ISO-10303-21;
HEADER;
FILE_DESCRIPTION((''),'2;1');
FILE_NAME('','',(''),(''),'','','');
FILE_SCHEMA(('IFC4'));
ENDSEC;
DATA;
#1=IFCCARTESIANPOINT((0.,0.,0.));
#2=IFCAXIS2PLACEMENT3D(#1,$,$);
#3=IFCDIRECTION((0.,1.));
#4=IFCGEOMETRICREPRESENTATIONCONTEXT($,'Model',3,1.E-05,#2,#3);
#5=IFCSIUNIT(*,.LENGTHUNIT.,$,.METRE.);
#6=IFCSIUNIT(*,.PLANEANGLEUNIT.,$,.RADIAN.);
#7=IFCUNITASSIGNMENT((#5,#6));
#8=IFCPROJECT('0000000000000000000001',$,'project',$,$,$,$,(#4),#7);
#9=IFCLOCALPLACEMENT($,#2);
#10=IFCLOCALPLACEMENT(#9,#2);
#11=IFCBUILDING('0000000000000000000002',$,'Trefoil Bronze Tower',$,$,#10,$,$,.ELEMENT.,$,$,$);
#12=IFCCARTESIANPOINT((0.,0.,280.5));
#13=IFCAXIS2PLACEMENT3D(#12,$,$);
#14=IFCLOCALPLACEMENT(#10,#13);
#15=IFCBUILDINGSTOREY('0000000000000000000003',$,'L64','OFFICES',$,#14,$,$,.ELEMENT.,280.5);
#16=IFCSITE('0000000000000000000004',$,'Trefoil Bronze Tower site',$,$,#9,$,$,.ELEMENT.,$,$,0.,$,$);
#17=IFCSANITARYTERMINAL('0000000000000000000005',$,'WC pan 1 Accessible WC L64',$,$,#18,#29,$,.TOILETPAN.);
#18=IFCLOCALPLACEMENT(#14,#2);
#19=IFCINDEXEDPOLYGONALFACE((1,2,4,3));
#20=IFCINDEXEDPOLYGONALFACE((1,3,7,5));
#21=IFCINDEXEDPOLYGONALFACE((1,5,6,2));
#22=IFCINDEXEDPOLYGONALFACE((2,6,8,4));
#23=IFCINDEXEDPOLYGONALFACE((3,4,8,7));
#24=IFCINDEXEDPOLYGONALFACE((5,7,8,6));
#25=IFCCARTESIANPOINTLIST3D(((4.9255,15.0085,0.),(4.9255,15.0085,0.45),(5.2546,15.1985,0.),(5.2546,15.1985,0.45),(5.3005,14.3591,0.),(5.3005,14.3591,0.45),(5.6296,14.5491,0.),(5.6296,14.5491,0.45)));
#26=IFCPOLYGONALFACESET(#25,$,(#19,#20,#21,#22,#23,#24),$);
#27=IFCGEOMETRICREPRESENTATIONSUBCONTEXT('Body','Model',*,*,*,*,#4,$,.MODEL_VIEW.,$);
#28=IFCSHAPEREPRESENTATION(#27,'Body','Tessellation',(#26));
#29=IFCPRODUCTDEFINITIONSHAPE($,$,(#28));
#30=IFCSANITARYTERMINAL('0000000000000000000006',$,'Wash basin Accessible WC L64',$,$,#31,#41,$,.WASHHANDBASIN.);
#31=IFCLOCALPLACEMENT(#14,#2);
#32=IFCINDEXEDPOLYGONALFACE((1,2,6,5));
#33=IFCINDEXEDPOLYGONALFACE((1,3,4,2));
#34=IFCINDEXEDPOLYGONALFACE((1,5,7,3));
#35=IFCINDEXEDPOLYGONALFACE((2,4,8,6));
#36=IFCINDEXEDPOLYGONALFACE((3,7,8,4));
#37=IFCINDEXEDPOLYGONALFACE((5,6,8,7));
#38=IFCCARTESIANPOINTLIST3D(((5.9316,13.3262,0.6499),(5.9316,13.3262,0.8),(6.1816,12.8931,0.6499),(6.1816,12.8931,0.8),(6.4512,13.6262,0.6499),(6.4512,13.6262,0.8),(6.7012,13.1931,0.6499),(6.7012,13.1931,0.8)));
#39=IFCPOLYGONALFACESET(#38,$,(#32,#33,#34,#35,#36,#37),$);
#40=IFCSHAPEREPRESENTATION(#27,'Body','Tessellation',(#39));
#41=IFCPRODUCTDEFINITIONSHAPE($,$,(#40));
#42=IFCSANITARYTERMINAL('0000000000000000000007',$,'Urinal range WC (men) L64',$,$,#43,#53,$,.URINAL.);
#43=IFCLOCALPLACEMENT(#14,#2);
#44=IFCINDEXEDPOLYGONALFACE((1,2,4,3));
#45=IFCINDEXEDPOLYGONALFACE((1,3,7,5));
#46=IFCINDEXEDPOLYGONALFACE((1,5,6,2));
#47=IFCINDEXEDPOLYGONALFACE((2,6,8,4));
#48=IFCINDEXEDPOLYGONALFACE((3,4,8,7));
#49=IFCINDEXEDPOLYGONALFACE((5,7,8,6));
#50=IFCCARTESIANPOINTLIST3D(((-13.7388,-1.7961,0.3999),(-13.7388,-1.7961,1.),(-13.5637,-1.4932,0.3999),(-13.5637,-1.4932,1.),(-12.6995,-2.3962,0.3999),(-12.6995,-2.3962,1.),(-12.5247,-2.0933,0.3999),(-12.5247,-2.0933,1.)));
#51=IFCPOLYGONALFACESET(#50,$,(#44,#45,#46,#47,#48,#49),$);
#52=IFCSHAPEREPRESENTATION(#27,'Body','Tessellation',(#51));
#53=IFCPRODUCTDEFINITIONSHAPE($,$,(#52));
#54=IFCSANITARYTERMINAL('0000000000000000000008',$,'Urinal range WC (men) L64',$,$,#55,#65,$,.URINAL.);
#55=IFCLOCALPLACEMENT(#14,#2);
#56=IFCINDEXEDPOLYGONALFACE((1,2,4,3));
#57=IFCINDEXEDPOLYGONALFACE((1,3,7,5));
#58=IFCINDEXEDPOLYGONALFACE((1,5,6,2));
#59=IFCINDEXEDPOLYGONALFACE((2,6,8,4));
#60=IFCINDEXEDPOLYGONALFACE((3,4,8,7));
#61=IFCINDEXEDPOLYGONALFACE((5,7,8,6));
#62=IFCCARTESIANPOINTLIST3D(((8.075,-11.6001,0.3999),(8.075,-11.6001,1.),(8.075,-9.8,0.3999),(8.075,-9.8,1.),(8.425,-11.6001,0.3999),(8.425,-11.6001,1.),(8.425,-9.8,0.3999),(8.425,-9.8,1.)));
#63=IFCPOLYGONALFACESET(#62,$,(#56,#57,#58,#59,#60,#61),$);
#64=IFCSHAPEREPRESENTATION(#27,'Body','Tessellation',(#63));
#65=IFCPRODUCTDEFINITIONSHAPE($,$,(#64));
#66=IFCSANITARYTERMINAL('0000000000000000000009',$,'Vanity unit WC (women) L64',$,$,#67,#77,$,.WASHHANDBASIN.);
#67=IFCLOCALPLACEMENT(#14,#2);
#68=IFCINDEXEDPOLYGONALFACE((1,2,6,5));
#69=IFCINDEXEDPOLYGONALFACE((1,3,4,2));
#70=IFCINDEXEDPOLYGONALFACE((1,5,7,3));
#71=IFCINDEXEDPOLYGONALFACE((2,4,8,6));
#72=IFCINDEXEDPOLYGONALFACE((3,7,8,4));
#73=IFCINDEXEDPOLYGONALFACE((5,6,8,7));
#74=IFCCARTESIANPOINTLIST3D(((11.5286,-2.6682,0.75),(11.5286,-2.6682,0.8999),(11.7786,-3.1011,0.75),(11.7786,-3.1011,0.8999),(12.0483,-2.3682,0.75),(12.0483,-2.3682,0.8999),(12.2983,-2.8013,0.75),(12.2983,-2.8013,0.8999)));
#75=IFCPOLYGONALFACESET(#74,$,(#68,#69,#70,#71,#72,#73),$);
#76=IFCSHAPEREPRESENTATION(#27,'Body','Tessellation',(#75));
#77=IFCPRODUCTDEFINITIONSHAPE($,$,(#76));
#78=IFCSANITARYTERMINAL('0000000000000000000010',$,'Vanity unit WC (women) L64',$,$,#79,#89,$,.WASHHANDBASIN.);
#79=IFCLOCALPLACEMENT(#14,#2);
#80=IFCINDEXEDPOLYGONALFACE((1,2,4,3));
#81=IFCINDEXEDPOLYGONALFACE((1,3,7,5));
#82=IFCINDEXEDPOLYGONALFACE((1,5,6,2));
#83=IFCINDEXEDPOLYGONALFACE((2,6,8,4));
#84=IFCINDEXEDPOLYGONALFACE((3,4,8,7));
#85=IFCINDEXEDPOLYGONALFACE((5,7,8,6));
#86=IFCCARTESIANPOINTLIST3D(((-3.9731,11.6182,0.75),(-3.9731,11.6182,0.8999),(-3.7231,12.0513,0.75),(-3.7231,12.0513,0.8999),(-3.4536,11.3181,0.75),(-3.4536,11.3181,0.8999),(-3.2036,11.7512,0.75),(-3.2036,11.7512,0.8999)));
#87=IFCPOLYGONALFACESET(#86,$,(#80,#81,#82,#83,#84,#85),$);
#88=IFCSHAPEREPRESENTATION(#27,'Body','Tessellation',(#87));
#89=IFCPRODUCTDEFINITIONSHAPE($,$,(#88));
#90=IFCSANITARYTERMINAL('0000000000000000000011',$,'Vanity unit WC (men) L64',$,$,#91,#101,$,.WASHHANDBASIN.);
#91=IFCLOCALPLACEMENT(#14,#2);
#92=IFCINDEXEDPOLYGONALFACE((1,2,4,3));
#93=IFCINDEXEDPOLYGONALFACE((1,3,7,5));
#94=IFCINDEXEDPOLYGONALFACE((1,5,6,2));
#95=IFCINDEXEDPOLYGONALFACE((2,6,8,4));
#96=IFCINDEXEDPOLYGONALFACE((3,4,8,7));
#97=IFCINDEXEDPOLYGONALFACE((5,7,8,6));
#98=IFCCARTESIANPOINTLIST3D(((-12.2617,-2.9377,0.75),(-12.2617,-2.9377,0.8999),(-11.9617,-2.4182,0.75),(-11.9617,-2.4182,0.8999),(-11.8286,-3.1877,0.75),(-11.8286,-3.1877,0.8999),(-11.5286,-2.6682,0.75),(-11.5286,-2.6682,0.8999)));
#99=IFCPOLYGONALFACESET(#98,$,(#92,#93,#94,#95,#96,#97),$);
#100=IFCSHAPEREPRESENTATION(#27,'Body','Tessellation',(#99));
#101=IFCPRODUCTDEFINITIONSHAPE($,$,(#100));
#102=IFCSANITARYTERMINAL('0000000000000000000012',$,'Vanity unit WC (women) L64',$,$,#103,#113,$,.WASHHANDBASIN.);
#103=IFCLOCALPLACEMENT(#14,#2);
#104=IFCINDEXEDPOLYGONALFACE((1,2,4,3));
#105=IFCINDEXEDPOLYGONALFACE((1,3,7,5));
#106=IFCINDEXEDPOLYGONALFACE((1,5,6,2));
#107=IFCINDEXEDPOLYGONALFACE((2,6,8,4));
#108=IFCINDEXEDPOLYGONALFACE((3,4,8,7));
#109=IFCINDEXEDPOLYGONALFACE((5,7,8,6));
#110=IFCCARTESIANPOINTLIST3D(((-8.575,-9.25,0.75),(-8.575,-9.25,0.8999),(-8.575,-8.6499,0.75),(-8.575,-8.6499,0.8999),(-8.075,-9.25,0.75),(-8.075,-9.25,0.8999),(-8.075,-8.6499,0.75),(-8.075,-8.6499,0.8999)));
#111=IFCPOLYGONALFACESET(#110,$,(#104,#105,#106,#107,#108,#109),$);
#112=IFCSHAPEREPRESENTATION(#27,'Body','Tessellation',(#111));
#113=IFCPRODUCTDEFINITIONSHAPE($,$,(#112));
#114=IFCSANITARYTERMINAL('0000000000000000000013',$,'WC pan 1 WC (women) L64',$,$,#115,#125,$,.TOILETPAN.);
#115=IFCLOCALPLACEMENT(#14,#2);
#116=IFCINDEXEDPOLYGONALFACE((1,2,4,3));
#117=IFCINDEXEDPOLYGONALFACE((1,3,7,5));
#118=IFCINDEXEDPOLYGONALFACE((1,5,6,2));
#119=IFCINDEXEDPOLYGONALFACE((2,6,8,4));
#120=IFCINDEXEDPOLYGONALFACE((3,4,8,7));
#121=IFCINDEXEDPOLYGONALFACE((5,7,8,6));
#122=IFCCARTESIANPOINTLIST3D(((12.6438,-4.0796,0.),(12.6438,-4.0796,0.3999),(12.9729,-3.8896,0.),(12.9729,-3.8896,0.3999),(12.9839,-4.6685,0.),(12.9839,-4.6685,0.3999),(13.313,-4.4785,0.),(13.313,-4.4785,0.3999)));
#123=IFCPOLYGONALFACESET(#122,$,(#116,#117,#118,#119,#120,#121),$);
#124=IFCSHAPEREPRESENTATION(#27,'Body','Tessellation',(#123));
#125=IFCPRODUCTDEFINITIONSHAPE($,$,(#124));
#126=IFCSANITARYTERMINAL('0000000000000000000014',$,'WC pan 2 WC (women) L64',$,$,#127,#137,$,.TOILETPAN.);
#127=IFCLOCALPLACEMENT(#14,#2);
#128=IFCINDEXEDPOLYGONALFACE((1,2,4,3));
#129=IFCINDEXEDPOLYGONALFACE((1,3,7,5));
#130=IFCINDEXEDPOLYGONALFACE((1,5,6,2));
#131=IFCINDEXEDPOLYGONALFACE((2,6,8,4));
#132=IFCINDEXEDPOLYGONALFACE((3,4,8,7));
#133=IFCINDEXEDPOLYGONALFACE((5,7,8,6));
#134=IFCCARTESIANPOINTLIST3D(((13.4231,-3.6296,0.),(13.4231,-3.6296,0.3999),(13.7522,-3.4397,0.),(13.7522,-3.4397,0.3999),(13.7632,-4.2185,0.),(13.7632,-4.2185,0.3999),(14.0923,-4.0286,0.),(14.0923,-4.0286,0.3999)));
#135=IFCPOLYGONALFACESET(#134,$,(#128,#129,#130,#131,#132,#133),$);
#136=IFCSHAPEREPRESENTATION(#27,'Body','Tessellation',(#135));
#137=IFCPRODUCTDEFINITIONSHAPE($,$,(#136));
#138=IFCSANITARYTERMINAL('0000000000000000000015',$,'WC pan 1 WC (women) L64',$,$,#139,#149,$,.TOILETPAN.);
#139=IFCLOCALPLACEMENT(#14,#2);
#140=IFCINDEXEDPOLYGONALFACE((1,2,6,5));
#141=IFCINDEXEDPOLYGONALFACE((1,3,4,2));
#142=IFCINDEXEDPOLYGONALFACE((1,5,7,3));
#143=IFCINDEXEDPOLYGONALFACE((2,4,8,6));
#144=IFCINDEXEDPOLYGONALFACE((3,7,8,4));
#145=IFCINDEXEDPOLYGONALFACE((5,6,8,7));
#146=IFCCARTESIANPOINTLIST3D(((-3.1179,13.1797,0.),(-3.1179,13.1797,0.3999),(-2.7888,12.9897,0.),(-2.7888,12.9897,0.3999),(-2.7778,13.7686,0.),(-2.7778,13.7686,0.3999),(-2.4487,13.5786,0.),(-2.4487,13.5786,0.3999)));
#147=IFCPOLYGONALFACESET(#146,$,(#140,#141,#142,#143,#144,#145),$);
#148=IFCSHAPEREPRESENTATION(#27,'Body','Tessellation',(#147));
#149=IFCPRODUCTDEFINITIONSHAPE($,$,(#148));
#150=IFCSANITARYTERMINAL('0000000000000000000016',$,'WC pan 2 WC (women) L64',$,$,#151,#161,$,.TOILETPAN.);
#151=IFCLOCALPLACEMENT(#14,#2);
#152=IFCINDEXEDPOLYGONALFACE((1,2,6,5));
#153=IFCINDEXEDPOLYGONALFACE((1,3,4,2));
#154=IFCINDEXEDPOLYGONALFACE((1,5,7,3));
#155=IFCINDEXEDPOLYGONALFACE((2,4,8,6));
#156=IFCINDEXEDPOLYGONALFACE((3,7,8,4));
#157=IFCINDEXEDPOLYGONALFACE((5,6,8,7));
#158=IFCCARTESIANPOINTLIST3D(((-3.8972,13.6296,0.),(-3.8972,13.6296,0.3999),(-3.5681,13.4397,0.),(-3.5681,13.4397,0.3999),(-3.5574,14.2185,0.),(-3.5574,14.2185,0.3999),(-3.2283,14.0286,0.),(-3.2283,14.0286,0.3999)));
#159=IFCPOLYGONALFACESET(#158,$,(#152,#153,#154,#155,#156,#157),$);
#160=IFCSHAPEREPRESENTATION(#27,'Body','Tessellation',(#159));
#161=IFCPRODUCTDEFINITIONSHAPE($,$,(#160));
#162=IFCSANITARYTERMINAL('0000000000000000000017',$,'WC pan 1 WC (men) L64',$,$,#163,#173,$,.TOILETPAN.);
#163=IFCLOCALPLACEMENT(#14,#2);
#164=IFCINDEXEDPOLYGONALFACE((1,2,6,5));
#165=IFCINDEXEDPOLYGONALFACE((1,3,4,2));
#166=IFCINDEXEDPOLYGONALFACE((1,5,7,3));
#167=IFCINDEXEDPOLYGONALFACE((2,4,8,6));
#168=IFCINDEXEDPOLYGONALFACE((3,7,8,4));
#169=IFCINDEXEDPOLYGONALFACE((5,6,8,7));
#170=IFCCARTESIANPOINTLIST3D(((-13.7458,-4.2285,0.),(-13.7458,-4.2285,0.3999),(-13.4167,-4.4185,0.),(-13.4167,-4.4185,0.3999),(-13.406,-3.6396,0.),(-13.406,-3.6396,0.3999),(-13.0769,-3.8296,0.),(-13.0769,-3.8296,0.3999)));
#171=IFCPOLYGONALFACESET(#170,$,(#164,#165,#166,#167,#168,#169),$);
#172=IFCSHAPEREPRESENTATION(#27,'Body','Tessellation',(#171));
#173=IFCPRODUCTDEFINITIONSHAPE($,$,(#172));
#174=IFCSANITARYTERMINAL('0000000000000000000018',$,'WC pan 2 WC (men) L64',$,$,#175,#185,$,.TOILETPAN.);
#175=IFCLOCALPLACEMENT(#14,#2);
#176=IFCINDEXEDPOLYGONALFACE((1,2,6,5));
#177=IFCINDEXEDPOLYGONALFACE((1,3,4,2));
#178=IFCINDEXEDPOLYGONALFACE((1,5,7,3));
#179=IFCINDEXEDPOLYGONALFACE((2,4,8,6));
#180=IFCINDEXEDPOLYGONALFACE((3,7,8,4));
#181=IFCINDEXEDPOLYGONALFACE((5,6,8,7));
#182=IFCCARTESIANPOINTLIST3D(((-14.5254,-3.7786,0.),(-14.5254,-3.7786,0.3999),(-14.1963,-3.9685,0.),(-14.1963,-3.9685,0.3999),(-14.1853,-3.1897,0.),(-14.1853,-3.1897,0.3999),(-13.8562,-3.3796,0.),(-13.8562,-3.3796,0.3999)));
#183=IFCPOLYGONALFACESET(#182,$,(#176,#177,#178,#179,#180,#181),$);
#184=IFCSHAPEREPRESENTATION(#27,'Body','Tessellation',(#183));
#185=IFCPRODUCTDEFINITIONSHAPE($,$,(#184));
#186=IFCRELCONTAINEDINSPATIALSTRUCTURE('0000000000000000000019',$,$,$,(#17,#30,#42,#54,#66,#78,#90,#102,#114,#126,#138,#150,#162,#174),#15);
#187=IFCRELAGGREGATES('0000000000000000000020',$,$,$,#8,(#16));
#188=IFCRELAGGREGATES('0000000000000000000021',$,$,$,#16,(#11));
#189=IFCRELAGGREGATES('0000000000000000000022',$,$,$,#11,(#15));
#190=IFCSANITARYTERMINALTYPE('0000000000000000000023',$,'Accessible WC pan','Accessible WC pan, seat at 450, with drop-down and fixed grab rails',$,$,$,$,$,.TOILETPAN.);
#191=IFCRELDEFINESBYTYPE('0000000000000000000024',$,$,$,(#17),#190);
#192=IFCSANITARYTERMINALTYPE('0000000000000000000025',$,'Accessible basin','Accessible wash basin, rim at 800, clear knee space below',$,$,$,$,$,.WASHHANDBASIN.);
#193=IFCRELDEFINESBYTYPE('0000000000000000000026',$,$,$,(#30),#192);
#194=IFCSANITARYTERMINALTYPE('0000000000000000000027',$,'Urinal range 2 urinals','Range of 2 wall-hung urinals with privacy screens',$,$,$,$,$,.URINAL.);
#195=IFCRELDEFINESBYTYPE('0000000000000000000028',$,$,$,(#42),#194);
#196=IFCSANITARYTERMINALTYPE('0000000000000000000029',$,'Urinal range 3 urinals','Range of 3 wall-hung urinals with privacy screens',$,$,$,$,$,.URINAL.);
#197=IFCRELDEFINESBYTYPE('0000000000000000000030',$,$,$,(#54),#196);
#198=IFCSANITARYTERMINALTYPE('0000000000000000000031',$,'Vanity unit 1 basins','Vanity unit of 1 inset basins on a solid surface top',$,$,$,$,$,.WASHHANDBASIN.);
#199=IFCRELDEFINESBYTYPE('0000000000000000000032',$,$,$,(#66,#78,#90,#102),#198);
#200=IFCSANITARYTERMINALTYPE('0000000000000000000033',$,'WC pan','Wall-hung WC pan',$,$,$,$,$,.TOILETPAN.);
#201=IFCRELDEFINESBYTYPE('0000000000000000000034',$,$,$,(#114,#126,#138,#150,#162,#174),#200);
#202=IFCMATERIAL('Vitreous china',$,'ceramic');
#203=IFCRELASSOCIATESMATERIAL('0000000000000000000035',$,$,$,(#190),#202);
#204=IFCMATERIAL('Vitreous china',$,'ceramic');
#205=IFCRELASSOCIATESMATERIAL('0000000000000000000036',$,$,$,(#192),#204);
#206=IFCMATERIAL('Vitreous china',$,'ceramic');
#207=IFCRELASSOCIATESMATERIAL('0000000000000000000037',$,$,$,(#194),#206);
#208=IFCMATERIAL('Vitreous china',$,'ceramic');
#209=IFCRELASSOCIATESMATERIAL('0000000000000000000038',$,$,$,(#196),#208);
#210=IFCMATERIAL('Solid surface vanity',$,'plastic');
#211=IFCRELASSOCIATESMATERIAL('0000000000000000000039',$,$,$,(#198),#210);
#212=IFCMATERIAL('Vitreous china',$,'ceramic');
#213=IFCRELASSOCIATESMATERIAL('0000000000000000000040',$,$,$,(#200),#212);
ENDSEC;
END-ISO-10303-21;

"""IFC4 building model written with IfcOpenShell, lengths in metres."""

from ifc_helpers import new_model, si_unit, direction, frame, origin, place, context, subcontext, project, spatial, polyline, outline, extrude, material, type_object, element, save


model = new_model("IFC4")

# Units and contexts
model_context = context("Model", 3, precision=1e-05, world=origin(), true_north=direction((0.0, 1.0)))
body_context = subcontext(model_context, "Body", "Model", "MODEL_VIEW")
ifc_project = project(units=[si_unit("LENGTHUNIT", "METRE"), si_unit("PLANEANGLEUNIT", "RADIAN")], contexts=[model_context])

# Site, building, storey
site_placement = place(None, origin())
site = spatial("IfcSite", under=ifc_project, at=site_placement, Name="Trefoil Bronze Tower site", CompositionType="ELEMENT", RefElevation=0.0)
building_placement = place(site_placement, origin())
building = spatial("IfcBuilding", under=site, at=building_placement, Name="Trefoil Bronze Tower", CompositionType="ELEMENT")
storey_placement = place(building_placement, frame((0.0, 0.0, 280.5)))
storey = spatial("IfcBuildingStorey", under=building, at=storey_placement, Name="L64", Description="OFFICES", CompositionType="ELEMENT", Elevation=280.5)

# Sanitary terminals
ifc_material_1 = material(Name="Vitreous china", Category="ceramic")
sanitary_terminal_type_1 = type_object("IfcSanitaryTerminalType", Name="Accessible WC pan", Description="Accessible WC pan, seat at 450, with drop-down and fixed grab rails", PredefinedType="TOILETPAN", material=ifc_material_1)
sanitary_terminal_1_placement = place(storey_placement, origin())
element("IfcSanitaryTerminal", 1, at=sanitary_terminal_1_placement, inside=storey, type_object=sanitary_terminal_type_1, Name="WC pan 1 Accessible WC L64", PredefinedType="TOILETPAN", context=body_context, shape_type="SweptSolid", body=[
    extrude(outline(polyline([(5.3005, 14.3591), (4.9255, 15.0085), (5.2546, 15.1985), (5.6296, 14.5491), (5.3005, 14.3591)])), origin(), (0.0, 0.0, 1.0), 0.45),
])
ifc_material_2 = material(Name="Vitreous china", Category="ceramic")
sanitary_terminal_type_2 = type_object("IfcSanitaryTerminalType", Name="Accessible basin", Description="Accessible wash basin, rim at 800, clear knee space below", PredefinedType="WASHHANDBASIN", material=ifc_material_2)
sanitary_terminal_2_placement = place(storey_placement, frame((0.0, 0.0, 0.6499)))
element("IfcSanitaryTerminal", 2, at=sanitary_terminal_2_placement, inside=storey, type_object=sanitary_terminal_type_2, Name="Wash basin Accessible WC L64", PredefinedType="WASHHANDBASIN", context=body_context, shape_type="SweptSolid", body=[
    extrude(outline(polyline([(6.1816, 12.8931), (5.9316, 13.3262), (6.4512, 13.6262), (6.7012, 13.1931), (6.1816, 12.8931)])), origin(), (0.0, 0.0, 1.0), 0.1501),
])
ifc_material_3 = material(Name="Vitreous china", Category="ceramic")
sanitary_terminal_type_3 = type_object("IfcSanitaryTerminalType", Name="Urinal range 2 urinals", Description="Range of 2 wall-hung urinals with privacy screens", PredefinedType="URINAL", material=ifc_material_3)
sanitary_terminal_3_placement = place(storey_placement, frame((0.0, 0.0, 0.3999)))
element("IfcSanitaryTerminal", 3, at=sanitary_terminal_3_placement, inside=storey, type_object=sanitary_terminal_type_3, Name="Urinal range WC (men) L64", PredefinedType="URINAL", context=body_context, shape_type="SweptSolid", body=[
    extrude(outline(polyline([(-12.5247, -2.0933), (-12.6995, -2.3962), (-13.7388, -1.7961), (-13.5637, -1.4932), (-12.5247, -2.0933)])), origin(), (0.0, 0.0, 1.0), 0.6001),
])
ifc_material_4 = material(Name="Vitreous china", Category="ceramic")
sanitary_terminal_type_4 = type_object("IfcSanitaryTerminalType", Name="Urinal range 3 urinals", Description="Range of 3 wall-hung urinals with privacy screens", PredefinedType="URINAL", material=ifc_material_4)
sanitary_terminal_4_placement = place(storey_placement, frame((0.0, 0.0, 0.3999)))
element("IfcSanitaryTerminal", 4, at=sanitary_terminal_4_placement, inside=storey, type_object=sanitary_terminal_type_4, Name="Urinal range WC (men) L64", PredefinedType="URINAL", context=body_context, shape_type="SweptSolid", body=[
    extrude(outline(polyline([(8.075, -9.8), (8.425, -9.8), (8.425, -11.6001), (8.075, -11.6001), (8.075, -9.8)])), origin(), (0.0, 0.0, 1.0), 0.6001),
])
ifc_material_5 = material(Name="Solid surface vanity", Category="plastic")
sanitary_terminal_type_5 = type_object("IfcSanitaryTerminalType", Name="Vanity unit 1 basins", Description="Vanity unit of 1 inset basins on a solid surface top", PredefinedType="WASHHANDBASIN", material=ifc_material_5)
sanitary_terminal_5_placement = place(storey_placement, frame((0.0, 0.0, 0.75)))
element("IfcSanitaryTerminal", 5, at=sanitary_terminal_5_placement, inside=storey, type_object=sanitary_terminal_type_5, Name="Vanity unit WC (women) L64", PredefinedType="WASHHANDBASIN", context=body_context, shape_type="SweptSolid", body=[
    extrude(outline(polyline([(11.5286, -2.6682), (11.7786, -3.1011), (12.2983, -2.8013), (12.0483, -2.3682), (11.5286, -2.6682)])), origin(), (0.0, 0.0, 1.0), 0.1499),
])
sanitary_terminal_6_placement = place(storey_placement, frame((0.0, 0.0, 0.75)))
element("IfcSanitaryTerminal", 6, at=sanitary_terminal_6_placement, inside=storey, type_object=sanitary_terminal_type_5, Name="Vanity unit WC (women) L64", PredefinedType="WASHHANDBASIN", context=body_context, shape_type="SweptSolid", body=[
    extrude(outline(polyline([(-3.4536, 11.3181), (-3.2036, 11.7512), (-3.7231, 12.0513), (-3.9731, 11.6182), (-3.4536, 11.3181)])), origin(), (0.0, 0.0, 1.0), 0.1499),
])
sanitary_terminal_7_placement = place(storey_placement, frame((0.0, 0.0, 0.75)))
element("IfcSanitaryTerminal", 7, at=sanitary_terminal_7_placement, inside=storey, type_object=sanitary_terminal_type_5, Name="Vanity unit WC (men) L64", PredefinedType="WASHHANDBASIN", context=body_context, shape_type="SweptSolid", body=[
    extrude(outline(polyline([(-11.5286, -2.6682), (-11.8286, -3.1877), (-12.2617, -2.9377), (-11.9617, -2.4182), (-11.5286, -2.6682)])), origin(), (0.0, 0.0, 1.0), 0.1499),
])
sanitary_terminal_8_placement = place(storey_placement, frame((0.0, 0.0, 0.75)))
element("IfcSanitaryTerminal", 8, at=sanitary_terminal_8_placement, inside=storey, type_object=sanitary_terminal_type_5, Name="Vanity unit WC (women) L64", PredefinedType="WASHHANDBASIN", context=body_context, shape_type="SweptSolid", body=[
    extrude(outline(polyline([(-8.075, -8.6499), (-8.575, -8.6499), (-8.575, -9.25), (-8.075, -9.25), (-8.075, -8.6499)])), origin(), (0.0, 0.0, 1.0), 0.1499),
])
ifc_material_6 = material(Name="Vitreous china", Category="ceramic")
sanitary_terminal_type_6 = type_object("IfcSanitaryTerminalType", Name="WC pan", Description="Wall-hung WC pan", PredefinedType="TOILETPAN", material=ifc_material_6)
sanitary_terminal_9_placement = place(storey_placement, origin())
element("IfcSanitaryTerminal", 9, at=sanitary_terminal_9_placement, inside=storey, type_object=sanitary_terminal_type_6, Name="WC pan 1 WC (women) L64", PredefinedType="TOILETPAN", context=body_context, shape_type="SweptSolid", body=[
    extrude(outline(polyline([(12.6438, -4.0796), (12.9839, -4.6685), (13.313, -4.4785), (12.9729, -3.8896), (12.6438, -4.0796)])), origin(), (0.0, 0.0, 1.0), 0.3999),
])
sanitary_terminal_10_placement = place(storey_placement, origin())
element("IfcSanitaryTerminal", 10, at=sanitary_terminal_10_placement, inside=storey, type_object=sanitary_terminal_type_6, Name="WC pan 2 WC (women) L64", PredefinedType="TOILETPAN", context=body_context, shape_type="SweptSolid", body=[
    extrude(outline(polyline([(13.4231, -3.6296), (13.7632, -4.2185), (14.0923, -4.0286), (13.7522, -3.4397), (13.4231, -3.6296)])), origin(), (0.0, 0.0, 1.0), 0.3999),
])
sanitary_terminal_11_placement = place(storey_placement, origin())
element("IfcSanitaryTerminal", 11, at=sanitary_terminal_11_placement, inside=storey, type_object=sanitary_terminal_type_6, Name="WC pan 1 WC (women) L64", PredefinedType="TOILETPAN", context=body_context, shape_type="SweptSolid", body=[
    extrude(outline(polyline([(-2.7888, 12.9897), (-2.4487, 13.5786), (-2.7778, 13.7686), (-3.1179, 13.1797), (-2.7888, 12.9897)])), origin(), (0.0, 0.0, 1.0), 0.3999),
])
sanitary_terminal_12_placement = place(storey_placement, origin())
element("IfcSanitaryTerminal", 12, at=sanitary_terminal_12_placement, inside=storey, type_object=sanitary_terminal_type_6, Name="WC pan 2 WC (women) L64", PredefinedType="TOILETPAN", context=body_context, shape_type="SweptSolid", body=[
    extrude(outline(polyline([(-3.5681, 13.4397), (-3.2283, 14.0286), (-3.5574, 14.2185), (-3.8972, 13.6296), (-3.5681, 13.4397)])), origin(), (0.0, 0.0, 1.0), 0.3999),
])
sanitary_terminal_13_placement = place(storey_placement, origin())
element("IfcSanitaryTerminal", 13, at=sanitary_terminal_13_placement, inside=storey, type_object=sanitary_terminal_type_6, Name="WC pan 1 WC (men) L64", PredefinedType="TOILETPAN", context=body_context, shape_type="SweptSolid", body=[
    extrude(outline(polyline([(-13.0769, -3.8296), (-13.4167, -4.4185), (-13.7458, -4.2285), (-13.406, -3.6396), (-13.0769, -3.8296)])), origin(), (0.0, 0.0, 1.0), 0.3999),
])
sanitary_terminal_14_placement = place(storey_placement, origin())
element("IfcSanitaryTerminal", 14, at=sanitary_terminal_14_placement, inside=storey, type_object=sanitary_terminal_type_6, Name="WC pan 2 WC (men) L64", PredefinedType="TOILETPAN", context=body_context, shape_type="SweptSolid", body=[
    extrude(outline(polyline([(-13.8562, -3.3796), (-14.1963, -3.9685), (-14.5254, -3.7786), (-14.1853, -3.1897), (-13.8562, -3.3796)])), origin(), (0.0, 0.0, 1.0), 0.3999),
])

save(model, "model.ifc")
